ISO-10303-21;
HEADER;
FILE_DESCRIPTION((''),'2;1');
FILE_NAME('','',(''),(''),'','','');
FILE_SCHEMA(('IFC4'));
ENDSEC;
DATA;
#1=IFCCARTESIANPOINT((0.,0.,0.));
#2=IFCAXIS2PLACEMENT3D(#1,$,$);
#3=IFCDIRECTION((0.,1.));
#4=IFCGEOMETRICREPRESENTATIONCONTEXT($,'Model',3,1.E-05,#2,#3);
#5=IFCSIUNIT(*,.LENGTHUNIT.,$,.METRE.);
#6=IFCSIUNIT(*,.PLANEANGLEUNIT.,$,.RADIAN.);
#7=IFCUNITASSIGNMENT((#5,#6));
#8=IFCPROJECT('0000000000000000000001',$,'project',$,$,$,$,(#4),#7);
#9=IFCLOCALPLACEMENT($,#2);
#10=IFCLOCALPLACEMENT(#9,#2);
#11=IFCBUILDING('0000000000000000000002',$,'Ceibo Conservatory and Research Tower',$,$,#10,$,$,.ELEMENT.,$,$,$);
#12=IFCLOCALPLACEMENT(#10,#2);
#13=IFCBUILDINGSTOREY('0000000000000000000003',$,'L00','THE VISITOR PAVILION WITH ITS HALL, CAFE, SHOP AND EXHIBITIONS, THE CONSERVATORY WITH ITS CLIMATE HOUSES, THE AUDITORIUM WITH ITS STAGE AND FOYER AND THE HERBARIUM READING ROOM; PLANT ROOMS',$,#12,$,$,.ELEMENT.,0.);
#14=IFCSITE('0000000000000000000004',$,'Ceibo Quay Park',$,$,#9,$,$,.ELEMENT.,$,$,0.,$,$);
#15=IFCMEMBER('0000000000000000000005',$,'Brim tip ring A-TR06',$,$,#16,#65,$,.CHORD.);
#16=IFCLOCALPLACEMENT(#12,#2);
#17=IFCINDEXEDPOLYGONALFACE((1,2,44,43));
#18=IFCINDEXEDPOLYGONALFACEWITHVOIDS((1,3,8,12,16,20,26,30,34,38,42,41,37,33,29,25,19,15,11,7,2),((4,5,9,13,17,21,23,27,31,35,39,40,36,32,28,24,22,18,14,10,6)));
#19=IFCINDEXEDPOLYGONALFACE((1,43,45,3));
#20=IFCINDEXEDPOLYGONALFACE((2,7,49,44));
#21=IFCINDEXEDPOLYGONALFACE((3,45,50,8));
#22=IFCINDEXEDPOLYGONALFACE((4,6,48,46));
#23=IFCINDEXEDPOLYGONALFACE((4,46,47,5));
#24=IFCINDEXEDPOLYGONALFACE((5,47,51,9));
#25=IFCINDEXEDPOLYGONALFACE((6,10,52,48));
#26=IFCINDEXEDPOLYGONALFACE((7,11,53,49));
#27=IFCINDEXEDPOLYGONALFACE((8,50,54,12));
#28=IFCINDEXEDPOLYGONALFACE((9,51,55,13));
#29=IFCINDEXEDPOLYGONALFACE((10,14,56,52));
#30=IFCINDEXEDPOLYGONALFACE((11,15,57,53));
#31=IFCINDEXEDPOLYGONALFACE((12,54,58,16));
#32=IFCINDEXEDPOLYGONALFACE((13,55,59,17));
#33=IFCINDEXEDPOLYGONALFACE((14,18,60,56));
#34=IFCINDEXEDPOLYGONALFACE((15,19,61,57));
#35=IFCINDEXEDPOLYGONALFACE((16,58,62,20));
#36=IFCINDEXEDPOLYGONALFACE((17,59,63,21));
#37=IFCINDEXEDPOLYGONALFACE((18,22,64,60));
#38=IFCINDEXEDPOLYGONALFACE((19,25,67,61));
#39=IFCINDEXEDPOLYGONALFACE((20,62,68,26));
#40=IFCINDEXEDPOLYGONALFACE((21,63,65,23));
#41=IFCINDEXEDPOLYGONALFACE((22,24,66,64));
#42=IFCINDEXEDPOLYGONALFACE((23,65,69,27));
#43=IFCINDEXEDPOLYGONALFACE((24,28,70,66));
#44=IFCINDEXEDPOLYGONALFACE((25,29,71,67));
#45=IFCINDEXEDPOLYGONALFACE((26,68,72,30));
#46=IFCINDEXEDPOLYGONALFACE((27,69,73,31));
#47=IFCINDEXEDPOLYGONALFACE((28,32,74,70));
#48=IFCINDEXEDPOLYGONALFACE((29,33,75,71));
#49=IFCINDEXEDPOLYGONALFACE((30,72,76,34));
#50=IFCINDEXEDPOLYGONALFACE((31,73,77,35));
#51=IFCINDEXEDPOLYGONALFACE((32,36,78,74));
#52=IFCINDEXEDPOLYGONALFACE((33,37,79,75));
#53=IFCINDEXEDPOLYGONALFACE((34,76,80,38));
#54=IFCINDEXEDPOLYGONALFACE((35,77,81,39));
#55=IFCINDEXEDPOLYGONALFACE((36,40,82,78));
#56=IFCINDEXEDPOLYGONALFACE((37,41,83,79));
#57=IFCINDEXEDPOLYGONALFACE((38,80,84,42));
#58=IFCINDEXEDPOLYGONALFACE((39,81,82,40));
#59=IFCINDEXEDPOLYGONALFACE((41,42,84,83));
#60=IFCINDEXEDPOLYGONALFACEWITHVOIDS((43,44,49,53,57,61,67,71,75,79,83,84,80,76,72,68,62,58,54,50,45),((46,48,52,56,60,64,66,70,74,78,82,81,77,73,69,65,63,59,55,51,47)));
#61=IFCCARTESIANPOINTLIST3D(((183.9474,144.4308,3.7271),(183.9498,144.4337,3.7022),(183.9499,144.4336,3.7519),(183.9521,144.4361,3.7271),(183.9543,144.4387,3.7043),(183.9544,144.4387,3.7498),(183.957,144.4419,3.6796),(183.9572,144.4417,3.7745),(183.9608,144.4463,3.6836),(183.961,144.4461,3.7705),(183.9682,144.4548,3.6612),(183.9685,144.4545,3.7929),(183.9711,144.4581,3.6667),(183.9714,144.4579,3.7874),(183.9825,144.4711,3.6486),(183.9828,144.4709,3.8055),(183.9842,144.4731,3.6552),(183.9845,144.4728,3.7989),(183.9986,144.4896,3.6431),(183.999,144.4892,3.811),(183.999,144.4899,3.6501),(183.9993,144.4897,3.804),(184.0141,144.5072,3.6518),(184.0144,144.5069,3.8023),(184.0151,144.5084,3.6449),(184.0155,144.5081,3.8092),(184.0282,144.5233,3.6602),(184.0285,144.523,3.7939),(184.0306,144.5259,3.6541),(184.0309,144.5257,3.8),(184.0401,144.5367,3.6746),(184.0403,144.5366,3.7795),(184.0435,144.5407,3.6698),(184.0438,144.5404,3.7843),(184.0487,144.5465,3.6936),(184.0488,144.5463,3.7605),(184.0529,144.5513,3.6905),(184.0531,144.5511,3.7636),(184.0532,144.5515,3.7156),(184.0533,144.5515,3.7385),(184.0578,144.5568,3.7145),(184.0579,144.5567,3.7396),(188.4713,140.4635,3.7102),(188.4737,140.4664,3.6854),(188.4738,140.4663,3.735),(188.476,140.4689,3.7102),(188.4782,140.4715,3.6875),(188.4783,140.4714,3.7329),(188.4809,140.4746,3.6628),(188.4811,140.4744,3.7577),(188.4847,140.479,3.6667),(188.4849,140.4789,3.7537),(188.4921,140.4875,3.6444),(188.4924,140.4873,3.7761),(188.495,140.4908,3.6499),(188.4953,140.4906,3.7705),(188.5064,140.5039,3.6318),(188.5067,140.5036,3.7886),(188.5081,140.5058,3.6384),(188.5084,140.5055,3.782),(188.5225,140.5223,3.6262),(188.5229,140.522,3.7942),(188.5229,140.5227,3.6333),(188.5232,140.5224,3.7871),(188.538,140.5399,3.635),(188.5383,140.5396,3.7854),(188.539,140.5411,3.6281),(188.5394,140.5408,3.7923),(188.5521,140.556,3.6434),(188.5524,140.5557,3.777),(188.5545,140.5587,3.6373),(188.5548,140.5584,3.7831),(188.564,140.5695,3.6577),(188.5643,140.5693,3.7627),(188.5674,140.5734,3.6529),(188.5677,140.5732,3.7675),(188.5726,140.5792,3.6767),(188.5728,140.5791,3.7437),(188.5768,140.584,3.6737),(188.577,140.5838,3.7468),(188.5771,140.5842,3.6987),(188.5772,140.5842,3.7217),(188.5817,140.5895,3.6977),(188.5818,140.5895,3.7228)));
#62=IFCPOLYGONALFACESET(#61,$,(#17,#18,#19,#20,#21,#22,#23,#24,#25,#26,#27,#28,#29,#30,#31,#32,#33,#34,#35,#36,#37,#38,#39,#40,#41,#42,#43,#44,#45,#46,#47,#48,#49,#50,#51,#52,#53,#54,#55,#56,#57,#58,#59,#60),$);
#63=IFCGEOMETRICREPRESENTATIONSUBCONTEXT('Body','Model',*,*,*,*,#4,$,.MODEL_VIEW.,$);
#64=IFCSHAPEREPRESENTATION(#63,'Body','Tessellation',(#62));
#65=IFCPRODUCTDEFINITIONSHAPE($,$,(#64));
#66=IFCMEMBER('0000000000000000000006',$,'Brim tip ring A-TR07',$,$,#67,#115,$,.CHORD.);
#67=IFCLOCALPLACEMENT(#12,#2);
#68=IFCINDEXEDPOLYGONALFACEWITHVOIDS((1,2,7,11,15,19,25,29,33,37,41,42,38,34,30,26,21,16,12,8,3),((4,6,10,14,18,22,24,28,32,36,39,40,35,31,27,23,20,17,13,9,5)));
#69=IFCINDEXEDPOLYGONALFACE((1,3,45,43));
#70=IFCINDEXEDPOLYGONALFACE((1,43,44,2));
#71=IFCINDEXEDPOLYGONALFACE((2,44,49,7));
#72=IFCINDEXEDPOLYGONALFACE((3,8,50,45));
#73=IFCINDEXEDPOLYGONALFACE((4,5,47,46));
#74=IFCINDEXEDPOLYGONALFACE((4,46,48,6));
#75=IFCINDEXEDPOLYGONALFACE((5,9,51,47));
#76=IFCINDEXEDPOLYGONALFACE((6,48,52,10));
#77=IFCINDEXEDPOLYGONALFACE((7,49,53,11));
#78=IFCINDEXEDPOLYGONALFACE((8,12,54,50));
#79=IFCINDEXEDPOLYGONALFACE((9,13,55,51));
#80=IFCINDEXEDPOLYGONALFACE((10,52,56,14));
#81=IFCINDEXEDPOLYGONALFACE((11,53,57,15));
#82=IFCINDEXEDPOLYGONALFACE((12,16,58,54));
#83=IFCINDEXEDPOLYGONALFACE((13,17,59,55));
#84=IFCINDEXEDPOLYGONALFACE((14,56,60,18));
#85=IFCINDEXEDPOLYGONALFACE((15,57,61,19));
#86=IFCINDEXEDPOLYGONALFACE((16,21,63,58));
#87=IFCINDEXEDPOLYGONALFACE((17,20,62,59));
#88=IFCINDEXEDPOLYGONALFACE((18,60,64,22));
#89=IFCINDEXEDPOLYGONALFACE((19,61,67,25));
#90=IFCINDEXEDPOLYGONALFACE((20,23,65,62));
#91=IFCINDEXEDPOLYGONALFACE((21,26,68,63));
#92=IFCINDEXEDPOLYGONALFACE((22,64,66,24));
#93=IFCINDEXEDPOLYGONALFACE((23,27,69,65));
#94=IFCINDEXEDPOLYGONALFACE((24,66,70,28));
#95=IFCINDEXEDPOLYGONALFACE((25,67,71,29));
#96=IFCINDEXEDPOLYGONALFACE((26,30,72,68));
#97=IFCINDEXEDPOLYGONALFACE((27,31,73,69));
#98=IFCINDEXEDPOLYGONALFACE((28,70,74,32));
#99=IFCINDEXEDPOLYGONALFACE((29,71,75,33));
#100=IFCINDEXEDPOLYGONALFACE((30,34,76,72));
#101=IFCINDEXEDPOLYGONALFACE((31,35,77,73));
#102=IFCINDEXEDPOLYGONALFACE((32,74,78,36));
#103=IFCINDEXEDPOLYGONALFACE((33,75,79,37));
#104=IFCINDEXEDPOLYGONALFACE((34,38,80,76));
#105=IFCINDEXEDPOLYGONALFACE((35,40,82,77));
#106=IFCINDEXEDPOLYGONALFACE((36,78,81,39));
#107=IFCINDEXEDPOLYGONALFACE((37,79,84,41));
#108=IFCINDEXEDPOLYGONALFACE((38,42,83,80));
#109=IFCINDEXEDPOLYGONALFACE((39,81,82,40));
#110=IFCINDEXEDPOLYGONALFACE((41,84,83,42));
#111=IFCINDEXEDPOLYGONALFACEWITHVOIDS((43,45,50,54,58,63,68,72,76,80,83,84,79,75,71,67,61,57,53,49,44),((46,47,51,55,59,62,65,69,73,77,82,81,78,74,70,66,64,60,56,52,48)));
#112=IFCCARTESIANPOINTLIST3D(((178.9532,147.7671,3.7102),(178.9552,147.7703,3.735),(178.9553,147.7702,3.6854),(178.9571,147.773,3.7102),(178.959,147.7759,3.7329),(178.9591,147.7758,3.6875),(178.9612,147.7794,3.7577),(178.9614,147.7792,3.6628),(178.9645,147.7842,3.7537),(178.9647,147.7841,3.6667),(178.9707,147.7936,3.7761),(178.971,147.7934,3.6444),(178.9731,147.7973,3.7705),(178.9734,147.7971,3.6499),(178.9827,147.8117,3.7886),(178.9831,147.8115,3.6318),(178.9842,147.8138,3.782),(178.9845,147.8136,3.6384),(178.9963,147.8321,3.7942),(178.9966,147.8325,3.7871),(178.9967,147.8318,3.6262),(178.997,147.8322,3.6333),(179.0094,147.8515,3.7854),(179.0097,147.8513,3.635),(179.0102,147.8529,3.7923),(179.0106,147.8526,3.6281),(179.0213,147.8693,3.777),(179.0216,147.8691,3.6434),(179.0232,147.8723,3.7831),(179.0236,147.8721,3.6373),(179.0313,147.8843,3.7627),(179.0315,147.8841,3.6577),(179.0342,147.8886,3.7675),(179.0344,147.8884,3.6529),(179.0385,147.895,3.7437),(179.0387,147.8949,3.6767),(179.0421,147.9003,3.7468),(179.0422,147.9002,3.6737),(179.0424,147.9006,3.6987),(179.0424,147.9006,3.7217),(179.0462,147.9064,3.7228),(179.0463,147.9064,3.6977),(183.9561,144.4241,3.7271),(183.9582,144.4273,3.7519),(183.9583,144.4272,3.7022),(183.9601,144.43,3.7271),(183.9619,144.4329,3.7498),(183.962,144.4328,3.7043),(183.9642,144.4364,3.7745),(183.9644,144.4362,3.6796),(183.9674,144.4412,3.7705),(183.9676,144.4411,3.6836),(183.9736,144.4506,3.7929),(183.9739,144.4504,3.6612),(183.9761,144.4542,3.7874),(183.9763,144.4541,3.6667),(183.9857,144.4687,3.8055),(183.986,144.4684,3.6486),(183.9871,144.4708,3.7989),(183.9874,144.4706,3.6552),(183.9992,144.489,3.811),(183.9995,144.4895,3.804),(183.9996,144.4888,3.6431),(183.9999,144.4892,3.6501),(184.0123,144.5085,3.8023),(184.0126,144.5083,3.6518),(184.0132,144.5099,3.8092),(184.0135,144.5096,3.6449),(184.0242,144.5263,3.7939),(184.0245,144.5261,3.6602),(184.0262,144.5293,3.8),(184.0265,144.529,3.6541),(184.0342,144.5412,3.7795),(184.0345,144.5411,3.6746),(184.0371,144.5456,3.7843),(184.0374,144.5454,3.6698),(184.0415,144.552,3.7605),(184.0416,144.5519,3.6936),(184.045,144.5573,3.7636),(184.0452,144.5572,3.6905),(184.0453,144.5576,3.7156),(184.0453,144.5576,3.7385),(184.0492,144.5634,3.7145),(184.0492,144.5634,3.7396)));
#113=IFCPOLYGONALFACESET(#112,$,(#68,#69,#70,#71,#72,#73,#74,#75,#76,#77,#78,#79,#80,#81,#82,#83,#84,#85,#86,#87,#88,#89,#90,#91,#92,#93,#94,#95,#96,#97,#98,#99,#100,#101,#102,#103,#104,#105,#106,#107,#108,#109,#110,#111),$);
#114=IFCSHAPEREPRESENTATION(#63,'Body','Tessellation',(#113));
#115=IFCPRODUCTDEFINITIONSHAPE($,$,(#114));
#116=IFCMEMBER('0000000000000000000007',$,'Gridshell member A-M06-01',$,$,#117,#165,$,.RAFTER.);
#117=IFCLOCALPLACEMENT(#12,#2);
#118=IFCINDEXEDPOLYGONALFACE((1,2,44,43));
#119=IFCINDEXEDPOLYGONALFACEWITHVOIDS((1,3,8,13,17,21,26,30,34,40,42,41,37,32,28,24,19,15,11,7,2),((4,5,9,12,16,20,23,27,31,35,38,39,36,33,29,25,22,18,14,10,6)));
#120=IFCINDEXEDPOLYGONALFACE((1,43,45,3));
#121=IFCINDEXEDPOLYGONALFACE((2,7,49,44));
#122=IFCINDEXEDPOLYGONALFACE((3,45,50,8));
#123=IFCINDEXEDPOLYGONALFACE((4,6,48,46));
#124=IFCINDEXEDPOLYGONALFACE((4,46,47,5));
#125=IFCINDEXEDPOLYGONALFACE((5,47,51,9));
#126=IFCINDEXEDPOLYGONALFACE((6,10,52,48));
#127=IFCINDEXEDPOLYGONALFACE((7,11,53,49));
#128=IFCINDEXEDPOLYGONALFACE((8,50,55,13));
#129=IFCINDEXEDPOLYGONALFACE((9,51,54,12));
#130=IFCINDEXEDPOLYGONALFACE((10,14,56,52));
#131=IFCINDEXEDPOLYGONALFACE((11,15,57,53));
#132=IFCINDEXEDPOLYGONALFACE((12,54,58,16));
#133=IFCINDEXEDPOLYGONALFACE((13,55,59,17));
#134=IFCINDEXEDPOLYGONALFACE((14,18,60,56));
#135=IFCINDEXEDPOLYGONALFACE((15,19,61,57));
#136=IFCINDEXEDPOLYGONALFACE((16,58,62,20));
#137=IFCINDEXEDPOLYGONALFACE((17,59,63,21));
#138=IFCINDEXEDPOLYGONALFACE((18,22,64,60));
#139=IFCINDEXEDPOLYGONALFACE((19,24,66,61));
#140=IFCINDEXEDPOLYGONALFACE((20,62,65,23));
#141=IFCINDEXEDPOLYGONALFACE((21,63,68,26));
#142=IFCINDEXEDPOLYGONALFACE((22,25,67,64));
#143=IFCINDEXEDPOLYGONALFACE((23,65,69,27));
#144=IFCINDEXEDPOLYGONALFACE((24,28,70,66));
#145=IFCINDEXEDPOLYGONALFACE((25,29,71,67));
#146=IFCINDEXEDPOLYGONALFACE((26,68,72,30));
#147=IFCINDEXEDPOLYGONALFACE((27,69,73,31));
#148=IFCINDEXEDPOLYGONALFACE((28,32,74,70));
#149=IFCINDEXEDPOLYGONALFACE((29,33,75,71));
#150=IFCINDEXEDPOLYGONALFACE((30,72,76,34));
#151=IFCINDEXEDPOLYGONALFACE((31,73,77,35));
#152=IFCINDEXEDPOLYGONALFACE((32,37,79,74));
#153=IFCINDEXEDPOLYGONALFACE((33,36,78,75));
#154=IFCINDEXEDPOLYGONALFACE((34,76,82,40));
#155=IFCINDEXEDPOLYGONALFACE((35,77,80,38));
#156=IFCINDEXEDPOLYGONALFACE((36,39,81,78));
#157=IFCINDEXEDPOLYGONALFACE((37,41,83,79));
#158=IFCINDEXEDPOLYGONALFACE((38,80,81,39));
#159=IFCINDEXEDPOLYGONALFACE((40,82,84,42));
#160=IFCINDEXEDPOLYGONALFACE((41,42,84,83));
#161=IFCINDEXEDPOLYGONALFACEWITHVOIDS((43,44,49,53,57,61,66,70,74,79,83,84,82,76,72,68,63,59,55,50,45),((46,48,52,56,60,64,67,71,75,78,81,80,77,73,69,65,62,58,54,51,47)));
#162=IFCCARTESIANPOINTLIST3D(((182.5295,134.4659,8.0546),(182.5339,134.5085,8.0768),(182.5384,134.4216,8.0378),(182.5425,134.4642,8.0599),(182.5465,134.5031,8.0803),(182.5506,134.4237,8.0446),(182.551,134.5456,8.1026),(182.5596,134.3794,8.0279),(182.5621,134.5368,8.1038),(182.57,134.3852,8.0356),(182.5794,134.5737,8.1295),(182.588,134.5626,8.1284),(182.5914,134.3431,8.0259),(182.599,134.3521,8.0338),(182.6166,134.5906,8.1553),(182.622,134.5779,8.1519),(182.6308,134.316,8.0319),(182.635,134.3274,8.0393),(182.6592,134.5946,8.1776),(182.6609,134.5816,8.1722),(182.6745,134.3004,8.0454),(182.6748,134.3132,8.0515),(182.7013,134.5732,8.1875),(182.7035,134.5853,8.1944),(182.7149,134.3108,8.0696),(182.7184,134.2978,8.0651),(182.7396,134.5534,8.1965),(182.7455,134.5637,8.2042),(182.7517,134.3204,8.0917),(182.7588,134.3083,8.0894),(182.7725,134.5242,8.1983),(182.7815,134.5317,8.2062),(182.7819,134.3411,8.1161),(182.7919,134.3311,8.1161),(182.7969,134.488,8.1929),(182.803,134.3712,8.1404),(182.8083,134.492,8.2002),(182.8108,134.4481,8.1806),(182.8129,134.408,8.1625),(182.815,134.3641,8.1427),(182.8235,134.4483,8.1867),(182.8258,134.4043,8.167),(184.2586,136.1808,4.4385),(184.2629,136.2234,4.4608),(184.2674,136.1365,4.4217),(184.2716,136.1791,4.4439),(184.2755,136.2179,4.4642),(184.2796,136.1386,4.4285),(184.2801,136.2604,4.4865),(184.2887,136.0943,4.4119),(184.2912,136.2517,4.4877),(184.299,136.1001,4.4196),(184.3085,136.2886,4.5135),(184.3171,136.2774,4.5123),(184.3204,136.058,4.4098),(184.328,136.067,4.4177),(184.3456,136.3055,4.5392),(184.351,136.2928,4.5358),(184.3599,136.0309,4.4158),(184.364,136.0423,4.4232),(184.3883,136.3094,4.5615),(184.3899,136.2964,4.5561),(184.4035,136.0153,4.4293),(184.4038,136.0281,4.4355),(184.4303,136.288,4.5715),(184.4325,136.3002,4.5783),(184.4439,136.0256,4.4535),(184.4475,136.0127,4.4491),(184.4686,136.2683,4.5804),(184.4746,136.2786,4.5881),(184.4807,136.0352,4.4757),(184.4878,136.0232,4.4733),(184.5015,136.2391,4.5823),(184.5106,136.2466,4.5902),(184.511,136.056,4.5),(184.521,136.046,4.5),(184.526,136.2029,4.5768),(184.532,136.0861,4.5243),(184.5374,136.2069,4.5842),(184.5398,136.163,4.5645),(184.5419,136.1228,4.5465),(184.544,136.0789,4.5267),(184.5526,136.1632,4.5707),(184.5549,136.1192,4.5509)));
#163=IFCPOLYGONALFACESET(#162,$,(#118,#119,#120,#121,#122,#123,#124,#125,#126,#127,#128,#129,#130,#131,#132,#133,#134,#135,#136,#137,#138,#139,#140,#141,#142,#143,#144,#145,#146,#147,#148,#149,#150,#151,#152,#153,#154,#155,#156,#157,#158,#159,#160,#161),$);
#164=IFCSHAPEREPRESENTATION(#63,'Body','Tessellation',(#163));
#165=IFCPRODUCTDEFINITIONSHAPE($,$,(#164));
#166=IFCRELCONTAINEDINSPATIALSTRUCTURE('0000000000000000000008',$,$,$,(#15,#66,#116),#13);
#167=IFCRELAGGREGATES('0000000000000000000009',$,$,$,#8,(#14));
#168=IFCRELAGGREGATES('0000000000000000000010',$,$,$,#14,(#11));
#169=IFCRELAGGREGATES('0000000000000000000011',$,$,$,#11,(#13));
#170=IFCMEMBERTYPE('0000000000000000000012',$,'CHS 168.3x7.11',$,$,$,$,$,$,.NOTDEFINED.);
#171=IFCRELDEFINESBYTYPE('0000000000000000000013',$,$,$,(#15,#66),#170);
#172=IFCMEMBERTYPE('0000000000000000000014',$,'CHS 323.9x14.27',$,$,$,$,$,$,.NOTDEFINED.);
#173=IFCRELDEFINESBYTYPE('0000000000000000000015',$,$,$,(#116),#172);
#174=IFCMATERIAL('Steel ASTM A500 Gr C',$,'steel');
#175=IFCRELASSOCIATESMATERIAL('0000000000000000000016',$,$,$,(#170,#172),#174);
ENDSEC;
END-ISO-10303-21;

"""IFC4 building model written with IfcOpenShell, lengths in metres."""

from ifc_helpers import new_model, si_unit, direction, frame, origin, origin_2d, place, context, subcontext, project, spatial, hollow_circle, extrude, material, material_profile, profile_set, type_object, element, save


model = new_model("IFC4")

# Units and contexts
model_context = context("Model", 3, precision=1e-05, world=origin(), true_north=direction((0.0, 1.0)))
body_context = subcontext(model_context, "Body", "Model", "MODEL_VIEW")
ifc_project = project(units=[si_unit("LENGTHUNIT", "METRE"), si_unit("PLANEANGLEUNIT", "RADIAN")], contexts=[model_context])

# Site, building, storey
site_placement = place(None, origin())
site = spatial("IfcSite", under=ifc_project, at=site_placement, Name="Ceibo Quay Park", CompositionType="ELEMENT", RefElevation=0.0)
building_placement = place(site_placement, origin())
building = spatial("IfcBuilding", under=site, at=building_placement, Name="Ceibo Conservatory and Research Tower", CompositionType="ELEMENT")
storey_placement = place(building_placement, origin())
storey = spatial("IfcBuildingStorey", under=building, at=storey_placement, Name="L00", Description="THE VISITOR PAVILION WITH ITS HALL, CAFE, SHOP AND EXHIBITIONS, THE CONSERVATORY WITH ITS CLIMATE HOUSES, THE AUDITORIUM WITH ITS STAGE AND FOYER AND THE HERBARIUM READING ROOM; PLANT ROOMS", CompositionType="ELEMENT", Elevation=0.0)

# Shared definitions
ifc_material_1 = material(Name="Steel ASTM A500 Gr C", Category="steel")

# Members
ifc_material_profile_1 = material_profile(ifc_material_1, hollow_circle(Radius=0.0842, WallThickness=0.0071, at=origin_2d()), Name="CHS 168.3x7.11")
ifc_profile_set_1 = profile_set([ifc_material_profile_1], Name="Steel ASTM A500 Gr C")
member_type_1 = type_object("IfcMemberType", Name="CHS 168.3x7.11", PredefinedType="NOTDEFINED", material=ifc_profile_set_1)
for number, where, z_axis, x_axis, name in (
    (1, (188.5269, 140.5269, 3.7102), (-0.751844, 0.659335, 0.0028), (-0.659337, -0.751847, 0.0), "Brim tip ring A-TR06"),
    (2, (184.0029, 144.4941, 3.7271), (-0.831454, 0.555587, -0.0028), (-0.555589, -0.831457, 0.0), "Brim tip ring A-TR07"),
):
    element("IfcMember", number, at=place(storey_placement, frame(where, z_axis=z_axis, x_axis=x_axis)), inside=storey, type_object=member_type_1, Name=name, PredefinedType="CHORD", context=body_context, shape_type="SweptSolid", body=[
        extrude(hollow_circle(Radius=0.0842, WallThickness=0.0071, at=origin_2d()), origin(), (0.0, 0.0, 1.0), 6.0171),
    ])
ifc_material_profile_2 = material_profile(ifc_material_1, hollow_circle(Radius=0.1619, WallThickness=0.0142, at=origin_2d()), Name="CHS 323.9x14.27")
ifc_profile_set_2 = profile_set([ifc_material_profile_2], Name="Steel ASTM A500 Gr C")
member_type_2 = type_object("IfcMemberType", Name="CHS 323.9x14.27", PredefinedType="NOTDEFINED", material=ifc_profile_set_2)
member_1_placement = place(storey_placement, frame((184.407, 136.1609, 4.5), z_axis=(-0.396605, -0.393357, 0.829443), x_axis=(0.704193, -0.710008, 0.0)))
element("IfcMember", 3, at=member_1_placement, inside=storey, type_object=member_type_2, Name="Gridshell member A-M06-01", PredefinedType="RAFTER", context=body_context, shape_type="SweptSolid", body=[
    extrude(hollow_circle(Radius=0.1619, WallThickness=0.0142, at=origin_2d()), origin(), (0.0, 0.0, 1.0), 4.3596),
])

save(model, "model.ifc")
